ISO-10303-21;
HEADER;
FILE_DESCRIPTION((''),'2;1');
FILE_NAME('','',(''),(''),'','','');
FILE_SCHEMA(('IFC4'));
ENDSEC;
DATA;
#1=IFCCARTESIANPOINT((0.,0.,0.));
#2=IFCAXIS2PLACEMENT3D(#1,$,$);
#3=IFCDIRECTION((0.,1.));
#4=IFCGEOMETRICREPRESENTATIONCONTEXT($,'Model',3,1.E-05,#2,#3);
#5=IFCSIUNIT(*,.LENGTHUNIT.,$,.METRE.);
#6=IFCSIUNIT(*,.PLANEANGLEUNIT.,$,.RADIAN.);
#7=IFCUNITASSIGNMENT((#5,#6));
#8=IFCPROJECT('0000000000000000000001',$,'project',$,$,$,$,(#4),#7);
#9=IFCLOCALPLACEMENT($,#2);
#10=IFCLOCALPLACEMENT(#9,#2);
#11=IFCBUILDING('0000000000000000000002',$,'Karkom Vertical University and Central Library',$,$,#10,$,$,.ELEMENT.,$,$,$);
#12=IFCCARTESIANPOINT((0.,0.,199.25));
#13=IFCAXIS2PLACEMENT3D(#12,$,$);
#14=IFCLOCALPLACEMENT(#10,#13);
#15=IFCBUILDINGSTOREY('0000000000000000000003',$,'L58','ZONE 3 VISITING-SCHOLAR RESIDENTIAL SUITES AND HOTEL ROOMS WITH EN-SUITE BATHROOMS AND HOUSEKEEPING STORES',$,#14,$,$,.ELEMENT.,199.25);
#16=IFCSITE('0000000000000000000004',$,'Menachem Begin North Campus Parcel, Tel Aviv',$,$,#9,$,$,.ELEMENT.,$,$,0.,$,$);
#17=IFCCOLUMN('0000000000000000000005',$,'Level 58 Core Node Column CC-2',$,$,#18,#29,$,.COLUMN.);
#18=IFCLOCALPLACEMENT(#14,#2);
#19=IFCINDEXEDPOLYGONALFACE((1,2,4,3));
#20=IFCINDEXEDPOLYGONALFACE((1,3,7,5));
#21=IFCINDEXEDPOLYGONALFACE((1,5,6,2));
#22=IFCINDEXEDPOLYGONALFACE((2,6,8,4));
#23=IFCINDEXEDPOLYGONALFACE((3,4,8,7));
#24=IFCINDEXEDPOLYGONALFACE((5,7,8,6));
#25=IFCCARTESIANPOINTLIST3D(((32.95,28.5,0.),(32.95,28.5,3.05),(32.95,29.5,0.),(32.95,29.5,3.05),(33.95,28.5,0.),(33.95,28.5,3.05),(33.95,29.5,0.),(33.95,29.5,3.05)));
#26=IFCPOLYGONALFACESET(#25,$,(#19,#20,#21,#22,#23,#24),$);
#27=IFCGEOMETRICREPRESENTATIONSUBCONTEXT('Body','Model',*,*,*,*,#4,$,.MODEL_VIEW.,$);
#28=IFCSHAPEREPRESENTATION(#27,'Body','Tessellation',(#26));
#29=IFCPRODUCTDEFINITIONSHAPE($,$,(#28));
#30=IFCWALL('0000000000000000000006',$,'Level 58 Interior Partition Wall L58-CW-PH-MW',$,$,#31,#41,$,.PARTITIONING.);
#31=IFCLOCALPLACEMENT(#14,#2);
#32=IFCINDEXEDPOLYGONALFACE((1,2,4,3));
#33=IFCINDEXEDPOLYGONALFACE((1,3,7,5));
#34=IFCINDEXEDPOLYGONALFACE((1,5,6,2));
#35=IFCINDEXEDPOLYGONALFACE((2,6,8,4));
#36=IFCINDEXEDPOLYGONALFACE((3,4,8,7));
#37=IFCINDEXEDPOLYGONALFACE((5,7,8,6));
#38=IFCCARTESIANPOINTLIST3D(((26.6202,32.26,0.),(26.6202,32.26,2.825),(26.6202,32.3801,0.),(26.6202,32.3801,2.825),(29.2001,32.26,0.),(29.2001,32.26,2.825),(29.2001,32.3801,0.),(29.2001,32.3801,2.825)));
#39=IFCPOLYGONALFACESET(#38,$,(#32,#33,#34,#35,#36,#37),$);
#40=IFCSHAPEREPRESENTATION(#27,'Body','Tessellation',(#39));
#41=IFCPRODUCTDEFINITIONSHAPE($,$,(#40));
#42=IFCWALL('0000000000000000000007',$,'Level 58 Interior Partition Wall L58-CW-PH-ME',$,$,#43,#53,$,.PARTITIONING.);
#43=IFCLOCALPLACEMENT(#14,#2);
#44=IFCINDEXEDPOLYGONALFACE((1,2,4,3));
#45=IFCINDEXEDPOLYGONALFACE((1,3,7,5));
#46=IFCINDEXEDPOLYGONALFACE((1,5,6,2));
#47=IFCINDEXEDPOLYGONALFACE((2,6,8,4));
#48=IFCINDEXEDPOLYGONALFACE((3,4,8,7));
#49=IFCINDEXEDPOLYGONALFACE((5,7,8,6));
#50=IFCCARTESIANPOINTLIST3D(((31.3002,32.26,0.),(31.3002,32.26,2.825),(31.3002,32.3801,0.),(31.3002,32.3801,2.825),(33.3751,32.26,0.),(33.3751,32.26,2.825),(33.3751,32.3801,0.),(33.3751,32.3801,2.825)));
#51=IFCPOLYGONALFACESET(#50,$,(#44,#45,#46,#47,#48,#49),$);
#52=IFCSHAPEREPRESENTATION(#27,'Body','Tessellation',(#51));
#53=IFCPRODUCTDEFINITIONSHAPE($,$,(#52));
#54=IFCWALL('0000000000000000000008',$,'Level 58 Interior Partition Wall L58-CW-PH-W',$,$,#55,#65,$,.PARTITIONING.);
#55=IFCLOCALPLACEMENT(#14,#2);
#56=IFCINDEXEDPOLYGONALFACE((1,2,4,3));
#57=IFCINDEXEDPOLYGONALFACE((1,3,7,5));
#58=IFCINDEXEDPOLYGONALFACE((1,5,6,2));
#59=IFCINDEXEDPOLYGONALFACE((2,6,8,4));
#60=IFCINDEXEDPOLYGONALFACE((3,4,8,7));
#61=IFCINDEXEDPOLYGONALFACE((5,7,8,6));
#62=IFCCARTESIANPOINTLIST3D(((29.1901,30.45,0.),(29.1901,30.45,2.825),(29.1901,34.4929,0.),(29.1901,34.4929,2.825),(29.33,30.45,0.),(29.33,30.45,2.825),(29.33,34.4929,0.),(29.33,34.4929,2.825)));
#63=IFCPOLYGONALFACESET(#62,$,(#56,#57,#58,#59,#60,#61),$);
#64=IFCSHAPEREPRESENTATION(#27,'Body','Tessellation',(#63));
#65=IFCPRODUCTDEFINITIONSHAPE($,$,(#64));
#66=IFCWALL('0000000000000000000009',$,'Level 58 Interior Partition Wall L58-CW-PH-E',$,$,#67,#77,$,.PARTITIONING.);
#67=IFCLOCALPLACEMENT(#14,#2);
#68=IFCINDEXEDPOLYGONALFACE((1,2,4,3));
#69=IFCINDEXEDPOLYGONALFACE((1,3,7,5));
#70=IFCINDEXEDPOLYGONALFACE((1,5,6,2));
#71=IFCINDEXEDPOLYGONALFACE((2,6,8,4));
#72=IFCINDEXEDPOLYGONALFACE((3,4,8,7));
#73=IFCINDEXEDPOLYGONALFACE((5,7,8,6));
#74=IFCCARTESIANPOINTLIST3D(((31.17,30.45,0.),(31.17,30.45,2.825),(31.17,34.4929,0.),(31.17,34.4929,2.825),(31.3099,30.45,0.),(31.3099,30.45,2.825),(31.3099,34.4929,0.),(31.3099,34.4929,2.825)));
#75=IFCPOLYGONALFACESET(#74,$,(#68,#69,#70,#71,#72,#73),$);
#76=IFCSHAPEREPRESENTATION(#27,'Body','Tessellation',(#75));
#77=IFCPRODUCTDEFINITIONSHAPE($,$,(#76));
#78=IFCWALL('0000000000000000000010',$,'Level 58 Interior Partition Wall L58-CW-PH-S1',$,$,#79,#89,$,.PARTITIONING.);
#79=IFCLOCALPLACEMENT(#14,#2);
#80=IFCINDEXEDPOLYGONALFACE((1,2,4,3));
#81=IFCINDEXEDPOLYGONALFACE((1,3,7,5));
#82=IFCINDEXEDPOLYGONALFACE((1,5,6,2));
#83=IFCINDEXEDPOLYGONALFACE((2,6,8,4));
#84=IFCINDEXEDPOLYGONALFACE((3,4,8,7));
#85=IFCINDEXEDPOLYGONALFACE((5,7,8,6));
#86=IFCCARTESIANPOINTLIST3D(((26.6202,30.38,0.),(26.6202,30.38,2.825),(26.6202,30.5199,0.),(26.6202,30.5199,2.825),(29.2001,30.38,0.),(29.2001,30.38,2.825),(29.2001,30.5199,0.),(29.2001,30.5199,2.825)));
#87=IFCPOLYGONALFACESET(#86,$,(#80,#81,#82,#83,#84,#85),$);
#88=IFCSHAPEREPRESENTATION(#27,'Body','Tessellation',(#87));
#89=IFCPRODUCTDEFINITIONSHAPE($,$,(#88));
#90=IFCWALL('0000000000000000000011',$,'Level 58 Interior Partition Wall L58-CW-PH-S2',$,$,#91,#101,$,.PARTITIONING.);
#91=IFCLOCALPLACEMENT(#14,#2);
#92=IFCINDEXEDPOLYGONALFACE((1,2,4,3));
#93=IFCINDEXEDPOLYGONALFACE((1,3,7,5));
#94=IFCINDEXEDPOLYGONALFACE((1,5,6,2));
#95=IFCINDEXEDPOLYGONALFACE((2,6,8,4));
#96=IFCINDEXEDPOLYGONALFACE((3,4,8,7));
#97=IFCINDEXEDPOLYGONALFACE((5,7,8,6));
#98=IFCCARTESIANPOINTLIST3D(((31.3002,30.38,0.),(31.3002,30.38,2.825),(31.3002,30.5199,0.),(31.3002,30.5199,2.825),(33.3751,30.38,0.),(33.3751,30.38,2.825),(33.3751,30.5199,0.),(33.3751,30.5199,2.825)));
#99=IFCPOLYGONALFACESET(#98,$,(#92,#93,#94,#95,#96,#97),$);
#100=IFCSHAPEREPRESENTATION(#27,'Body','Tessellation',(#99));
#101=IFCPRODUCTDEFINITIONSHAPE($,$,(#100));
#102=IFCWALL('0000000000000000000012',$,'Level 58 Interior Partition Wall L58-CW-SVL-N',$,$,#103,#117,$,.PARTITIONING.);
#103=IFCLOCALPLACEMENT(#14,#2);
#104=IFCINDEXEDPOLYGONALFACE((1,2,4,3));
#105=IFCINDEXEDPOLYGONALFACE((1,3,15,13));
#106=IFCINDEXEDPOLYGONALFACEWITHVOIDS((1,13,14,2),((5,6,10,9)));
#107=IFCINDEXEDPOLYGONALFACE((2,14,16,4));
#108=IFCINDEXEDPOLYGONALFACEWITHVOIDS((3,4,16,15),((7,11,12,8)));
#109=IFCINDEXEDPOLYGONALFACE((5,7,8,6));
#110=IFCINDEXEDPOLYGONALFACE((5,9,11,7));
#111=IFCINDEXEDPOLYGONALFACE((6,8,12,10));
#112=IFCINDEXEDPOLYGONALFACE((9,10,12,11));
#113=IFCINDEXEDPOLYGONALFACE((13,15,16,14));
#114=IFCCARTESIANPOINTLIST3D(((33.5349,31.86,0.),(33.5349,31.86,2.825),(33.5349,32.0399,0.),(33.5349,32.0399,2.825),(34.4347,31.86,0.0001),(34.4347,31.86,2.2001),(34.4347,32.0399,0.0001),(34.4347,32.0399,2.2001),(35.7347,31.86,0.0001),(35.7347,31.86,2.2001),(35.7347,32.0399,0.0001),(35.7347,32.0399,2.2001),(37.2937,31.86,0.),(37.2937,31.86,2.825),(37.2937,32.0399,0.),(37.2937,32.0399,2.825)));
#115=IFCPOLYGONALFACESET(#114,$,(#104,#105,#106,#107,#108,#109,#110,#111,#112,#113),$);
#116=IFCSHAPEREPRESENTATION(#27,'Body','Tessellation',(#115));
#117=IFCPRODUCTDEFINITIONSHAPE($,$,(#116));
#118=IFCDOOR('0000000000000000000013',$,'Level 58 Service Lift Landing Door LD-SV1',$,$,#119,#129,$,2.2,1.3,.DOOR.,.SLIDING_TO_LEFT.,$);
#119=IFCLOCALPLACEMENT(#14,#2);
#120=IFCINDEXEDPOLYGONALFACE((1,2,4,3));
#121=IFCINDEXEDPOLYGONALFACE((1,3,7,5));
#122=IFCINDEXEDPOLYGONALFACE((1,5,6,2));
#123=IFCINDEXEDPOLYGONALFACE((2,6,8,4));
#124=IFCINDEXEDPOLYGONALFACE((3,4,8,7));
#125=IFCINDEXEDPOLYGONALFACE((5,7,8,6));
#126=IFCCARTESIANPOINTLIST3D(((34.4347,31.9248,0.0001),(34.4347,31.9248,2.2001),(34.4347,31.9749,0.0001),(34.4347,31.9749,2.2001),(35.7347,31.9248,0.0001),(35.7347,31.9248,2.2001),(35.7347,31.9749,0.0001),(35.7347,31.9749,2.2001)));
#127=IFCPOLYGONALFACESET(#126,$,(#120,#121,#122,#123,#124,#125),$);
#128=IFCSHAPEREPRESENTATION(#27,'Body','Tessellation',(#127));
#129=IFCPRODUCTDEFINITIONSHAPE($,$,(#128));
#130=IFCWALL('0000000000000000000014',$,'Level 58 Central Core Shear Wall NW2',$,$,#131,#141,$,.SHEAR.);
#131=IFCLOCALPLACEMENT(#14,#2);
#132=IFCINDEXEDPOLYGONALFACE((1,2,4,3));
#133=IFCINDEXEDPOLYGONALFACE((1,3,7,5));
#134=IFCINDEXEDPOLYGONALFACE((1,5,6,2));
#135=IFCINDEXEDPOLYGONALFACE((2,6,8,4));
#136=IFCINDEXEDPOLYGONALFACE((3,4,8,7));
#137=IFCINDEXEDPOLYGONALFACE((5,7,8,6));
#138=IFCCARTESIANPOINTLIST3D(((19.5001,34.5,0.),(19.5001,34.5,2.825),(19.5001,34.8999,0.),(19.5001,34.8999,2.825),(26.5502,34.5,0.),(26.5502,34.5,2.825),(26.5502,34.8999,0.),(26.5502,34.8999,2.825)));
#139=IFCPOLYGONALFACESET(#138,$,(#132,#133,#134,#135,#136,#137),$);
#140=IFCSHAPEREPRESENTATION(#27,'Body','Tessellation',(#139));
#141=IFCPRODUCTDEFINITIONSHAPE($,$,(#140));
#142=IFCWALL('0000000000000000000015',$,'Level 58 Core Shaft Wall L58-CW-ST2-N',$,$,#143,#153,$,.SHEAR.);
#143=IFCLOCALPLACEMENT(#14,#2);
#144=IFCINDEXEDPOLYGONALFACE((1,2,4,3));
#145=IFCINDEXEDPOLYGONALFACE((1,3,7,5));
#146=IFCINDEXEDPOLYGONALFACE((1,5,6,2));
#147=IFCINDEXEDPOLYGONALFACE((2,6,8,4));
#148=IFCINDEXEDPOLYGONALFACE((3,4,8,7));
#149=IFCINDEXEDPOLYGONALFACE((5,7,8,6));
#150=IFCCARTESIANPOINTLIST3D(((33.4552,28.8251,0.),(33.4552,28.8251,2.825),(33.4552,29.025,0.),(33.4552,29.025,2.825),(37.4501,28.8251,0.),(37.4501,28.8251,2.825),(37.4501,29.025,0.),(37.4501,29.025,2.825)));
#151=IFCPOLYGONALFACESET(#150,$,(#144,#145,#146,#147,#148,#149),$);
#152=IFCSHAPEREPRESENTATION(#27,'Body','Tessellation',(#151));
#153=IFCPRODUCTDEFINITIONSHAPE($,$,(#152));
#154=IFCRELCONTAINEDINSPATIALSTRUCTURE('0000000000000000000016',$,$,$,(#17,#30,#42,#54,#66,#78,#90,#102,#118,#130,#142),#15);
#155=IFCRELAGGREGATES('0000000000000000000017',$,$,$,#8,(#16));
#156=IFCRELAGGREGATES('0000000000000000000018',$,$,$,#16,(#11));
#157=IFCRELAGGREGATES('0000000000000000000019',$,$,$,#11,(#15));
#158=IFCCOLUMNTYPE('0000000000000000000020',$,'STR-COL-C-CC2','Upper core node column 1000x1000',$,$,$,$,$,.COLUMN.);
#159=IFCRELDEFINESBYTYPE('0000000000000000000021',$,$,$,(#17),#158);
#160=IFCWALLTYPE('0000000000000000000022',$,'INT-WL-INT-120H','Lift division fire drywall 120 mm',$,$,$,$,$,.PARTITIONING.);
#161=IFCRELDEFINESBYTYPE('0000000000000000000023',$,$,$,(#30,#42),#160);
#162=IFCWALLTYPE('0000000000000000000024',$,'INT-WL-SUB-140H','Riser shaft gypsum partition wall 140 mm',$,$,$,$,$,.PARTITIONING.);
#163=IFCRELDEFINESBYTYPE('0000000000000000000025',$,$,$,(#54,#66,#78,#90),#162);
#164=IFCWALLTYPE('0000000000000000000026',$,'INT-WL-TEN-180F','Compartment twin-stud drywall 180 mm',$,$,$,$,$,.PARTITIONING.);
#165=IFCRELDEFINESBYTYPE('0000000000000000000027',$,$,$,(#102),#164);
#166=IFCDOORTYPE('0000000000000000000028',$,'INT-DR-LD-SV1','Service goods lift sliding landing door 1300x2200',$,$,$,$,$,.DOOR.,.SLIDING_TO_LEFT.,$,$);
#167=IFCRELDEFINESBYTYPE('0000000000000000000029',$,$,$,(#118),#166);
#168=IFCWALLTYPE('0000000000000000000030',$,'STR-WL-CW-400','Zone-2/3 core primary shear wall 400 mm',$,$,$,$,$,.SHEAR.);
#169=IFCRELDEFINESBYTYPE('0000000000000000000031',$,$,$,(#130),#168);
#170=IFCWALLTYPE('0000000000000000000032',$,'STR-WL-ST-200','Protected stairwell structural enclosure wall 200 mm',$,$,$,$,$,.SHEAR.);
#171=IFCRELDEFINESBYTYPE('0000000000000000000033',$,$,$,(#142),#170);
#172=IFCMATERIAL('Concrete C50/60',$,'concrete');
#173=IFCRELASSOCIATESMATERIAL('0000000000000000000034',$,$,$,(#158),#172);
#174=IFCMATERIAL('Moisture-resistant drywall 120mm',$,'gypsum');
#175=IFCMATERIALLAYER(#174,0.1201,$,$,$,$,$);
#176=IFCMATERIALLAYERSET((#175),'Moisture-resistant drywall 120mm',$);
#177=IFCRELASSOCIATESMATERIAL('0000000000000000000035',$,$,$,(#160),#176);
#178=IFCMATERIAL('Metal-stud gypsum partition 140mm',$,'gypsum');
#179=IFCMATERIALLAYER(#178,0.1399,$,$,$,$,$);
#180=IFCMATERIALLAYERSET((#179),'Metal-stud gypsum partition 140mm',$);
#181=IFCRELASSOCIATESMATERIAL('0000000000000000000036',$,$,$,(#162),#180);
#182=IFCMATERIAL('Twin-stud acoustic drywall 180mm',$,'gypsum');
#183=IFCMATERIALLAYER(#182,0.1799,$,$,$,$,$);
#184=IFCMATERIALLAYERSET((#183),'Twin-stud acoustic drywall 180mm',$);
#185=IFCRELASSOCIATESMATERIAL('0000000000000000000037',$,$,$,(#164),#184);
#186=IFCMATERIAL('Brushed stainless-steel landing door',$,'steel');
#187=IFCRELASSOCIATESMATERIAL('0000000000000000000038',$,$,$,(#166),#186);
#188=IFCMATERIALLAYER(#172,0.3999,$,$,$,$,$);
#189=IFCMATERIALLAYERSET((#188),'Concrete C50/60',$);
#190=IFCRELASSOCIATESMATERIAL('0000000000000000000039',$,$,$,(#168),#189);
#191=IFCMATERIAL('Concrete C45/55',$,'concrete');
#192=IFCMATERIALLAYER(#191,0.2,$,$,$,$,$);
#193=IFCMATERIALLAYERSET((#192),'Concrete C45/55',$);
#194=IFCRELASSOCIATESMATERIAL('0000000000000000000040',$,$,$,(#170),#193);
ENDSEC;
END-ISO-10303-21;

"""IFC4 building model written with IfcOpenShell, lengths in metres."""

from ifc_helpers import new_model, si_unit, direction, frame, frame_2d, origin, origin_with_axes, origin_2d, place, context, subcontext, project, spatial, rectangle, extrude, source, transform, mapped, material, layer, layer_set, material_profile, profile_set, type_object, element, fill, save


model = new_model("IFC4")

# Units and contexts
model_context = context("Model", 3, precision=1e-05, world=origin(), true_north=direction((0.0, 1.0)))
body_context = subcontext(model_context, "Body", "Model", "MODEL_VIEW")
ifc_project = project(units=[si_unit("LENGTHUNIT", "METRE"), si_unit("PLANEANGLEUNIT", "RADIAN")], contexts=[model_context])

# Site, building, storey
site_placement = place(None, origin())
site = spatial("IfcSite", under=ifc_project, at=site_placement, Name="Menachem Begin North Campus Parcel, Tel Aviv", CompositionType="ELEMENT", RefElevation=0.0)
building_placement = place(site_placement, origin())
building = spatial("IfcBuilding", under=site, at=building_placement, Name="Karkom Vertical University and Central Library", CompositionType="ELEMENT")
storey_placement = place(building_placement, frame((0.0, 0.0, 199.25)))
storey = spatial("IfcBuildingStorey", under=building, at=storey_placement, Name="L58", Description="ZONE 3 VISITING-SCHOLAR RESIDENTIAL SUITES AND HOTEL ROOMS WITH EN-SUITE BATHROOMS AND HOUSEKEEPING STORES", CompositionType="ELEMENT", Elevation=199.25)

# Column
ifc_material_1 = material(Name="Concrete C50/60", Category="concrete")
ifc_material_profile = material_profile(ifc_material_1, rectangle(XDim=1.0, YDim=1.0, at=origin_2d()), Name="RC-1000x1000")
ifc_profile_set = profile_set([ifc_material_profile], Name="Concrete C50/60")
column_type = type_object("IfcColumnType", Name="STR-COL-C-CC2", Description="Upper core node column 1000x1000", PredefinedType="COLUMN", material=ifc_profile_set)
shared_shape_1 = source(origin_with_axes(), body_context, "Body", "SweptSolid", [
    extrude(rectangle(XDim=1.0, YDim=1.0, at=origin_2d()), origin(), (0.0, 0.0, 1.0), 3.05),
])
column_placement = place(storey_placement, frame((33.45, 29.0, 0.0), z_axis=(0.0, 0.0, 1.0), x_axis=(1.0, 0.0, 0.0)))
element("IfcColumn", 1, at=column_placement, inside=storey, type_object=column_type, Name="Level 58 Core Node Column CC-2", PredefinedType="COLUMN", context=body_context, shape_type="MappedRepresentation", body=[
    mapped(shared_shape_1, transform((0.0, 0.0, 0.0), scale=1.0)),
])

# Walls
ifc_material_2 = material(Name="Moisture-resistant drywall 120mm", Category="gypsum")
ifc_layer_1 = layer(ifc_material_2, 0.1201)
ifc_layer_set_1 = layer_set([ifc_layer_1], Name="Moisture-resistant drywall 120mm")
wall_type_1 = type_object("IfcWallType", Name="INT-WL-INT-120H", Description="Lift division fire drywall 120 mm", PredefinedType="PARTITIONING", material=ifc_layer_set_1)
wall_1_placement = place(storey_placement, frame((26.6201, 32.3201, 0.0), z_axis=(0.0, 0.0, 1.0), x_axis=(1.0, 0.0, 0.0)))
element("IfcWall", 2, at=wall_1_placement, inside=storey, type_object=wall_type_1, Name="Level 58 Interior Partition Wall L58-CW-PH-MW", PredefinedType="PARTITIONING", context=body_context, shape_type="SweptSolid", body=[
    extrude(rectangle(XDim=2.5798, YDim=0.1201, at=frame_2d((1.29, 0.0))), origin(), (0.0, 0.0, 1.0), 2.825),
])
wall_2_placement = place(storey_placement, frame((31.3, 32.3201, 0.0), z_axis=(0.0, 0.0, 1.0), x_axis=(1.0, 0.0, 0.0)))
element("IfcWall", 3, at=wall_2_placement, inside=storey, type_object=wall_type_1, Name="Level 58 Interior Partition Wall L58-CW-PH-ME", PredefinedType="PARTITIONING", context=body_context, shape_type="SweptSolid", body=[
    extrude(rectangle(XDim=2.075, YDim=0.1201, at=frame_2d((1.0376, 0.0))), origin(), (0.0, 0.0, 1.0), 2.825),
])
ifc_material_3 = material(Name="Metal-stud gypsum partition 140mm", Category="gypsum")
ifc_layer_2 = layer(ifc_material_3, 0.1399)
ifc_layer_set_2 = layer_set([ifc_layer_2], Name="Metal-stud gypsum partition 140mm")
wall_type_2 = type_object("IfcWallType", Name="INT-WL-SUB-140H", Description="Riser shaft gypsum partition wall 140 mm", PredefinedType="PARTITIONING", material=ifc_layer_set_2)
for number, where, z_axis, x_axis, name in (
    (4, (29.26, 30.45, 0.0), (0.0, 0.0, 1.0), (0.0, 1.0, 0.0), "Level 58 Interior Partition Wall L58-CW-PH-W"),
    (5, (31.24, 30.45, 0.0), (0.0, 0.0, 1.0), (0.0, 1.0, 0.0), "Level 58 Interior Partition Wall L58-CW-PH-E"),
):
    element("IfcWall", number, at=place(storey_placement, frame(where, z_axis=z_axis, x_axis=x_axis)), inside=storey, type_object=wall_type_2, Name=name, PredefinedType="PARTITIONING", context=body_context, shape_type="SweptSolid", body=[
        extrude(rectangle(XDim=4.043, YDim=0.1399, at=frame_2d((2.0215, 0.0))), origin(), (0.0, 0.0, 1.0), 2.825),
    ])
wall_3_placement = place(storey_placement, frame((26.6201, 30.45, 0.0), z_axis=(0.0, 0.0, 1.0), x_axis=(1.0, 0.0, 0.0)))
element("IfcWall", 6, at=wall_3_placement, inside=storey, type_object=wall_type_2, Name="Level 58 Interior Partition Wall L58-CW-PH-S1", PredefinedType="PARTITIONING", context=body_context, shape_type="SweptSolid", body=[
    extrude(rectangle(XDim=2.5798, YDim=0.1399, at=frame_2d((1.29, 0.0))), origin(), (0.0, 0.0, 1.0), 2.825),
])
wall_4_placement = place(storey_placement, frame((31.3, 30.45, 0.0), z_axis=(0.0, 0.0, 1.0), x_axis=(1.0, 0.0, 0.0)))
element("IfcWall", 7, at=wall_4_placement, inside=storey, type_object=wall_type_2, Name="Level 58 Interior Partition Wall L58-CW-PH-S2", PredefinedType="PARTITIONING", context=body_context, shape_type="SweptSolid", body=[
    extrude(rectangle(XDim=2.075, YDim=0.1399, at=frame_2d((1.0376, 0.0))), origin(), (0.0, 0.0, 1.0), 2.825),
])

# Wall, opening, door
ifc_material_4 = material(Name="Twin-stud acoustic drywall 180mm", Category="gypsum")
ifc_layer_3 = layer(ifc_material_4, 0.1799)
ifc_layer_set_3 = layer_set([ifc_layer_3], Name="Twin-stud acoustic drywall 180mm")
wall_type_3 = type_object("IfcWallType", Name="INT-WL-TEN-180F", Description="Compartment twin-stud drywall 180 mm", PredefinedType="PARTITIONING", material=ifc_layer_set_3)
wall_5_placement = place(storey_placement, frame((33.5349, 31.95, 0.0), z_axis=(0.0, 0.0, 1.0), x_axis=(1.0, 0.0, 0.0)))
wall_5 = element("IfcWall", 8, at=wall_5_placement, inside=storey, type_object=wall_type_3, Name="Level 58 Interior Partition Wall L58-CW-SVL-N", PredefinedType="PARTITIONING", context=body_context, shape_type="SweptSolid", body=[
    extrude(rectangle(XDim=3.7588, YDim=0.1799, at=frame_2d((1.8794, 0.0))), origin(), (0.0, 0.0, 1.0), 2.825),
])
opening_placement = place(wall_5_placement, frame((0.8999, 0.0, 0.0)))
opening = element("IfcOpeningElement", 9, at=opening_placement, cuts=wall_5, PredefinedType="OPENING", context=body_context, shape_type="SweptSolid", body=[
    extrude(rectangle(XDim=1.3, YDim=2.2, at=frame_2d((0.6499, 1.1001))), frame((0.0, 0.1001, 0.0), z_axis=(0.0, -1.0, 0.0), x_axis=(1.0, 0.0, 0.0)), (0.0, 0.0, 1.0), 0.2),
])
ifc_material_5 = material(Name="Brushed stainless-steel landing door", Category="steel")
door_type = type_object("IfcDoorType", Name="INT-DR-LD-SV1", Description="Service goods lift sliding landing door 1300x2200", OperationType="SLIDING_TO_LEFT", PredefinedType="DOOR", material=ifc_material_5)
shared_shape_2 = source(origin_with_axes(), body_context, "Body", "SweptSolid", [
    extrude(rectangle(XDim=1.3, YDim=2.2, at=frame_2d((0.6499, 1.1001))), frame((0.0, 0.0249, 0.0), z_axis=(0.0, -1.0, 0.0), x_axis=(1.0, 0.0, 0.0)), (0.0, 0.0, 1.0), 0.05),
])
door_placement = place(opening_placement, origin())
door = element("IfcDoor", 10, at=door_placement, inside=storey, type_object=door_type, Name="Level 58 Service Lift Landing Door LD-SV1", OperationType="SLIDING_TO_LEFT", OverallHeight=2.2, OverallWidth=1.3, PredefinedType="DOOR", context=body_context, shape_type="MappedRepresentation", body=[
    mapped(shared_shape_2, transform((0.0, 0.0, 0.0), scale=1.0)),
])
fill(opening, door)

# Walls
ifc_layer_4 = layer(ifc_material_1, 0.3999)
ifc_layer_set_4 = layer_set([ifc_layer_4], Name="Concrete C50/60")
wall_type_4 = type_object("IfcWallType", Name="STR-WL-CW-400", Description="Zone-2/3 core primary shear wall 400 mm", PredefinedType="SHEAR", material=ifc_layer_set_4)
wall_6_placement = place(storey_placement, frame((26.55, 34.7, 0.0), z_axis=(0.0, 0.0, 1.0), x_axis=(-1.0, 0.0, 0.0)))
element("IfcWall", 11, at=wall_6_placement, inside=storey, type_object=wall_type_4, Name="Level 58 Central Core Shear Wall NW2", PredefinedType="SHEAR", context=body_context, shape_type="SweptSolid", body=[
    extrude(rectangle(XDim=7.05, YDim=0.3999, at=frame_2d((3.5249, 0.0))), origin(), (0.0, 0.0, 1.0), 2.825),
])
ifc_material_6 = material(Name="Concrete C45/55", Category="concrete")
ifc_layer_5 = layer(ifc_material_6, 0.2)
ifc_layer_set_5 = layer_set([ifc_layer_5], Name="Concrete C45/55")
wall_type_5 = type_object("IfcWallType", Name="STR-WL-ST-200", Description="Protected stairwell structural enclosure wall 200 mm", PredefinedType="SHEAR", material=ifc_layer_set_5)
wall_7_placement = place(storey_placement, frame((33.4551, 28.925, 0.0), z_axis=(0.0, 0.0, 1.0), x_axis=(1.0, 0.0, 0.0)))
element("IfcWall", 12, at=wall_7_placement, inside=storey, type_object=wall_type_5, Name="Level 58 Core Shaft Wall L58-CW-ST2-N", PredefinedType="SHEAR", context=body_context, shape_type="SweptSolid", body=[
    extrude(rectangle(XDim=3.9949, YDim=0.2, at=frame_2d((1.9976, 0.0))), origin(), (0.0, 0.0, 1.0), 2.825),
])

save(model, "model.ifc")
